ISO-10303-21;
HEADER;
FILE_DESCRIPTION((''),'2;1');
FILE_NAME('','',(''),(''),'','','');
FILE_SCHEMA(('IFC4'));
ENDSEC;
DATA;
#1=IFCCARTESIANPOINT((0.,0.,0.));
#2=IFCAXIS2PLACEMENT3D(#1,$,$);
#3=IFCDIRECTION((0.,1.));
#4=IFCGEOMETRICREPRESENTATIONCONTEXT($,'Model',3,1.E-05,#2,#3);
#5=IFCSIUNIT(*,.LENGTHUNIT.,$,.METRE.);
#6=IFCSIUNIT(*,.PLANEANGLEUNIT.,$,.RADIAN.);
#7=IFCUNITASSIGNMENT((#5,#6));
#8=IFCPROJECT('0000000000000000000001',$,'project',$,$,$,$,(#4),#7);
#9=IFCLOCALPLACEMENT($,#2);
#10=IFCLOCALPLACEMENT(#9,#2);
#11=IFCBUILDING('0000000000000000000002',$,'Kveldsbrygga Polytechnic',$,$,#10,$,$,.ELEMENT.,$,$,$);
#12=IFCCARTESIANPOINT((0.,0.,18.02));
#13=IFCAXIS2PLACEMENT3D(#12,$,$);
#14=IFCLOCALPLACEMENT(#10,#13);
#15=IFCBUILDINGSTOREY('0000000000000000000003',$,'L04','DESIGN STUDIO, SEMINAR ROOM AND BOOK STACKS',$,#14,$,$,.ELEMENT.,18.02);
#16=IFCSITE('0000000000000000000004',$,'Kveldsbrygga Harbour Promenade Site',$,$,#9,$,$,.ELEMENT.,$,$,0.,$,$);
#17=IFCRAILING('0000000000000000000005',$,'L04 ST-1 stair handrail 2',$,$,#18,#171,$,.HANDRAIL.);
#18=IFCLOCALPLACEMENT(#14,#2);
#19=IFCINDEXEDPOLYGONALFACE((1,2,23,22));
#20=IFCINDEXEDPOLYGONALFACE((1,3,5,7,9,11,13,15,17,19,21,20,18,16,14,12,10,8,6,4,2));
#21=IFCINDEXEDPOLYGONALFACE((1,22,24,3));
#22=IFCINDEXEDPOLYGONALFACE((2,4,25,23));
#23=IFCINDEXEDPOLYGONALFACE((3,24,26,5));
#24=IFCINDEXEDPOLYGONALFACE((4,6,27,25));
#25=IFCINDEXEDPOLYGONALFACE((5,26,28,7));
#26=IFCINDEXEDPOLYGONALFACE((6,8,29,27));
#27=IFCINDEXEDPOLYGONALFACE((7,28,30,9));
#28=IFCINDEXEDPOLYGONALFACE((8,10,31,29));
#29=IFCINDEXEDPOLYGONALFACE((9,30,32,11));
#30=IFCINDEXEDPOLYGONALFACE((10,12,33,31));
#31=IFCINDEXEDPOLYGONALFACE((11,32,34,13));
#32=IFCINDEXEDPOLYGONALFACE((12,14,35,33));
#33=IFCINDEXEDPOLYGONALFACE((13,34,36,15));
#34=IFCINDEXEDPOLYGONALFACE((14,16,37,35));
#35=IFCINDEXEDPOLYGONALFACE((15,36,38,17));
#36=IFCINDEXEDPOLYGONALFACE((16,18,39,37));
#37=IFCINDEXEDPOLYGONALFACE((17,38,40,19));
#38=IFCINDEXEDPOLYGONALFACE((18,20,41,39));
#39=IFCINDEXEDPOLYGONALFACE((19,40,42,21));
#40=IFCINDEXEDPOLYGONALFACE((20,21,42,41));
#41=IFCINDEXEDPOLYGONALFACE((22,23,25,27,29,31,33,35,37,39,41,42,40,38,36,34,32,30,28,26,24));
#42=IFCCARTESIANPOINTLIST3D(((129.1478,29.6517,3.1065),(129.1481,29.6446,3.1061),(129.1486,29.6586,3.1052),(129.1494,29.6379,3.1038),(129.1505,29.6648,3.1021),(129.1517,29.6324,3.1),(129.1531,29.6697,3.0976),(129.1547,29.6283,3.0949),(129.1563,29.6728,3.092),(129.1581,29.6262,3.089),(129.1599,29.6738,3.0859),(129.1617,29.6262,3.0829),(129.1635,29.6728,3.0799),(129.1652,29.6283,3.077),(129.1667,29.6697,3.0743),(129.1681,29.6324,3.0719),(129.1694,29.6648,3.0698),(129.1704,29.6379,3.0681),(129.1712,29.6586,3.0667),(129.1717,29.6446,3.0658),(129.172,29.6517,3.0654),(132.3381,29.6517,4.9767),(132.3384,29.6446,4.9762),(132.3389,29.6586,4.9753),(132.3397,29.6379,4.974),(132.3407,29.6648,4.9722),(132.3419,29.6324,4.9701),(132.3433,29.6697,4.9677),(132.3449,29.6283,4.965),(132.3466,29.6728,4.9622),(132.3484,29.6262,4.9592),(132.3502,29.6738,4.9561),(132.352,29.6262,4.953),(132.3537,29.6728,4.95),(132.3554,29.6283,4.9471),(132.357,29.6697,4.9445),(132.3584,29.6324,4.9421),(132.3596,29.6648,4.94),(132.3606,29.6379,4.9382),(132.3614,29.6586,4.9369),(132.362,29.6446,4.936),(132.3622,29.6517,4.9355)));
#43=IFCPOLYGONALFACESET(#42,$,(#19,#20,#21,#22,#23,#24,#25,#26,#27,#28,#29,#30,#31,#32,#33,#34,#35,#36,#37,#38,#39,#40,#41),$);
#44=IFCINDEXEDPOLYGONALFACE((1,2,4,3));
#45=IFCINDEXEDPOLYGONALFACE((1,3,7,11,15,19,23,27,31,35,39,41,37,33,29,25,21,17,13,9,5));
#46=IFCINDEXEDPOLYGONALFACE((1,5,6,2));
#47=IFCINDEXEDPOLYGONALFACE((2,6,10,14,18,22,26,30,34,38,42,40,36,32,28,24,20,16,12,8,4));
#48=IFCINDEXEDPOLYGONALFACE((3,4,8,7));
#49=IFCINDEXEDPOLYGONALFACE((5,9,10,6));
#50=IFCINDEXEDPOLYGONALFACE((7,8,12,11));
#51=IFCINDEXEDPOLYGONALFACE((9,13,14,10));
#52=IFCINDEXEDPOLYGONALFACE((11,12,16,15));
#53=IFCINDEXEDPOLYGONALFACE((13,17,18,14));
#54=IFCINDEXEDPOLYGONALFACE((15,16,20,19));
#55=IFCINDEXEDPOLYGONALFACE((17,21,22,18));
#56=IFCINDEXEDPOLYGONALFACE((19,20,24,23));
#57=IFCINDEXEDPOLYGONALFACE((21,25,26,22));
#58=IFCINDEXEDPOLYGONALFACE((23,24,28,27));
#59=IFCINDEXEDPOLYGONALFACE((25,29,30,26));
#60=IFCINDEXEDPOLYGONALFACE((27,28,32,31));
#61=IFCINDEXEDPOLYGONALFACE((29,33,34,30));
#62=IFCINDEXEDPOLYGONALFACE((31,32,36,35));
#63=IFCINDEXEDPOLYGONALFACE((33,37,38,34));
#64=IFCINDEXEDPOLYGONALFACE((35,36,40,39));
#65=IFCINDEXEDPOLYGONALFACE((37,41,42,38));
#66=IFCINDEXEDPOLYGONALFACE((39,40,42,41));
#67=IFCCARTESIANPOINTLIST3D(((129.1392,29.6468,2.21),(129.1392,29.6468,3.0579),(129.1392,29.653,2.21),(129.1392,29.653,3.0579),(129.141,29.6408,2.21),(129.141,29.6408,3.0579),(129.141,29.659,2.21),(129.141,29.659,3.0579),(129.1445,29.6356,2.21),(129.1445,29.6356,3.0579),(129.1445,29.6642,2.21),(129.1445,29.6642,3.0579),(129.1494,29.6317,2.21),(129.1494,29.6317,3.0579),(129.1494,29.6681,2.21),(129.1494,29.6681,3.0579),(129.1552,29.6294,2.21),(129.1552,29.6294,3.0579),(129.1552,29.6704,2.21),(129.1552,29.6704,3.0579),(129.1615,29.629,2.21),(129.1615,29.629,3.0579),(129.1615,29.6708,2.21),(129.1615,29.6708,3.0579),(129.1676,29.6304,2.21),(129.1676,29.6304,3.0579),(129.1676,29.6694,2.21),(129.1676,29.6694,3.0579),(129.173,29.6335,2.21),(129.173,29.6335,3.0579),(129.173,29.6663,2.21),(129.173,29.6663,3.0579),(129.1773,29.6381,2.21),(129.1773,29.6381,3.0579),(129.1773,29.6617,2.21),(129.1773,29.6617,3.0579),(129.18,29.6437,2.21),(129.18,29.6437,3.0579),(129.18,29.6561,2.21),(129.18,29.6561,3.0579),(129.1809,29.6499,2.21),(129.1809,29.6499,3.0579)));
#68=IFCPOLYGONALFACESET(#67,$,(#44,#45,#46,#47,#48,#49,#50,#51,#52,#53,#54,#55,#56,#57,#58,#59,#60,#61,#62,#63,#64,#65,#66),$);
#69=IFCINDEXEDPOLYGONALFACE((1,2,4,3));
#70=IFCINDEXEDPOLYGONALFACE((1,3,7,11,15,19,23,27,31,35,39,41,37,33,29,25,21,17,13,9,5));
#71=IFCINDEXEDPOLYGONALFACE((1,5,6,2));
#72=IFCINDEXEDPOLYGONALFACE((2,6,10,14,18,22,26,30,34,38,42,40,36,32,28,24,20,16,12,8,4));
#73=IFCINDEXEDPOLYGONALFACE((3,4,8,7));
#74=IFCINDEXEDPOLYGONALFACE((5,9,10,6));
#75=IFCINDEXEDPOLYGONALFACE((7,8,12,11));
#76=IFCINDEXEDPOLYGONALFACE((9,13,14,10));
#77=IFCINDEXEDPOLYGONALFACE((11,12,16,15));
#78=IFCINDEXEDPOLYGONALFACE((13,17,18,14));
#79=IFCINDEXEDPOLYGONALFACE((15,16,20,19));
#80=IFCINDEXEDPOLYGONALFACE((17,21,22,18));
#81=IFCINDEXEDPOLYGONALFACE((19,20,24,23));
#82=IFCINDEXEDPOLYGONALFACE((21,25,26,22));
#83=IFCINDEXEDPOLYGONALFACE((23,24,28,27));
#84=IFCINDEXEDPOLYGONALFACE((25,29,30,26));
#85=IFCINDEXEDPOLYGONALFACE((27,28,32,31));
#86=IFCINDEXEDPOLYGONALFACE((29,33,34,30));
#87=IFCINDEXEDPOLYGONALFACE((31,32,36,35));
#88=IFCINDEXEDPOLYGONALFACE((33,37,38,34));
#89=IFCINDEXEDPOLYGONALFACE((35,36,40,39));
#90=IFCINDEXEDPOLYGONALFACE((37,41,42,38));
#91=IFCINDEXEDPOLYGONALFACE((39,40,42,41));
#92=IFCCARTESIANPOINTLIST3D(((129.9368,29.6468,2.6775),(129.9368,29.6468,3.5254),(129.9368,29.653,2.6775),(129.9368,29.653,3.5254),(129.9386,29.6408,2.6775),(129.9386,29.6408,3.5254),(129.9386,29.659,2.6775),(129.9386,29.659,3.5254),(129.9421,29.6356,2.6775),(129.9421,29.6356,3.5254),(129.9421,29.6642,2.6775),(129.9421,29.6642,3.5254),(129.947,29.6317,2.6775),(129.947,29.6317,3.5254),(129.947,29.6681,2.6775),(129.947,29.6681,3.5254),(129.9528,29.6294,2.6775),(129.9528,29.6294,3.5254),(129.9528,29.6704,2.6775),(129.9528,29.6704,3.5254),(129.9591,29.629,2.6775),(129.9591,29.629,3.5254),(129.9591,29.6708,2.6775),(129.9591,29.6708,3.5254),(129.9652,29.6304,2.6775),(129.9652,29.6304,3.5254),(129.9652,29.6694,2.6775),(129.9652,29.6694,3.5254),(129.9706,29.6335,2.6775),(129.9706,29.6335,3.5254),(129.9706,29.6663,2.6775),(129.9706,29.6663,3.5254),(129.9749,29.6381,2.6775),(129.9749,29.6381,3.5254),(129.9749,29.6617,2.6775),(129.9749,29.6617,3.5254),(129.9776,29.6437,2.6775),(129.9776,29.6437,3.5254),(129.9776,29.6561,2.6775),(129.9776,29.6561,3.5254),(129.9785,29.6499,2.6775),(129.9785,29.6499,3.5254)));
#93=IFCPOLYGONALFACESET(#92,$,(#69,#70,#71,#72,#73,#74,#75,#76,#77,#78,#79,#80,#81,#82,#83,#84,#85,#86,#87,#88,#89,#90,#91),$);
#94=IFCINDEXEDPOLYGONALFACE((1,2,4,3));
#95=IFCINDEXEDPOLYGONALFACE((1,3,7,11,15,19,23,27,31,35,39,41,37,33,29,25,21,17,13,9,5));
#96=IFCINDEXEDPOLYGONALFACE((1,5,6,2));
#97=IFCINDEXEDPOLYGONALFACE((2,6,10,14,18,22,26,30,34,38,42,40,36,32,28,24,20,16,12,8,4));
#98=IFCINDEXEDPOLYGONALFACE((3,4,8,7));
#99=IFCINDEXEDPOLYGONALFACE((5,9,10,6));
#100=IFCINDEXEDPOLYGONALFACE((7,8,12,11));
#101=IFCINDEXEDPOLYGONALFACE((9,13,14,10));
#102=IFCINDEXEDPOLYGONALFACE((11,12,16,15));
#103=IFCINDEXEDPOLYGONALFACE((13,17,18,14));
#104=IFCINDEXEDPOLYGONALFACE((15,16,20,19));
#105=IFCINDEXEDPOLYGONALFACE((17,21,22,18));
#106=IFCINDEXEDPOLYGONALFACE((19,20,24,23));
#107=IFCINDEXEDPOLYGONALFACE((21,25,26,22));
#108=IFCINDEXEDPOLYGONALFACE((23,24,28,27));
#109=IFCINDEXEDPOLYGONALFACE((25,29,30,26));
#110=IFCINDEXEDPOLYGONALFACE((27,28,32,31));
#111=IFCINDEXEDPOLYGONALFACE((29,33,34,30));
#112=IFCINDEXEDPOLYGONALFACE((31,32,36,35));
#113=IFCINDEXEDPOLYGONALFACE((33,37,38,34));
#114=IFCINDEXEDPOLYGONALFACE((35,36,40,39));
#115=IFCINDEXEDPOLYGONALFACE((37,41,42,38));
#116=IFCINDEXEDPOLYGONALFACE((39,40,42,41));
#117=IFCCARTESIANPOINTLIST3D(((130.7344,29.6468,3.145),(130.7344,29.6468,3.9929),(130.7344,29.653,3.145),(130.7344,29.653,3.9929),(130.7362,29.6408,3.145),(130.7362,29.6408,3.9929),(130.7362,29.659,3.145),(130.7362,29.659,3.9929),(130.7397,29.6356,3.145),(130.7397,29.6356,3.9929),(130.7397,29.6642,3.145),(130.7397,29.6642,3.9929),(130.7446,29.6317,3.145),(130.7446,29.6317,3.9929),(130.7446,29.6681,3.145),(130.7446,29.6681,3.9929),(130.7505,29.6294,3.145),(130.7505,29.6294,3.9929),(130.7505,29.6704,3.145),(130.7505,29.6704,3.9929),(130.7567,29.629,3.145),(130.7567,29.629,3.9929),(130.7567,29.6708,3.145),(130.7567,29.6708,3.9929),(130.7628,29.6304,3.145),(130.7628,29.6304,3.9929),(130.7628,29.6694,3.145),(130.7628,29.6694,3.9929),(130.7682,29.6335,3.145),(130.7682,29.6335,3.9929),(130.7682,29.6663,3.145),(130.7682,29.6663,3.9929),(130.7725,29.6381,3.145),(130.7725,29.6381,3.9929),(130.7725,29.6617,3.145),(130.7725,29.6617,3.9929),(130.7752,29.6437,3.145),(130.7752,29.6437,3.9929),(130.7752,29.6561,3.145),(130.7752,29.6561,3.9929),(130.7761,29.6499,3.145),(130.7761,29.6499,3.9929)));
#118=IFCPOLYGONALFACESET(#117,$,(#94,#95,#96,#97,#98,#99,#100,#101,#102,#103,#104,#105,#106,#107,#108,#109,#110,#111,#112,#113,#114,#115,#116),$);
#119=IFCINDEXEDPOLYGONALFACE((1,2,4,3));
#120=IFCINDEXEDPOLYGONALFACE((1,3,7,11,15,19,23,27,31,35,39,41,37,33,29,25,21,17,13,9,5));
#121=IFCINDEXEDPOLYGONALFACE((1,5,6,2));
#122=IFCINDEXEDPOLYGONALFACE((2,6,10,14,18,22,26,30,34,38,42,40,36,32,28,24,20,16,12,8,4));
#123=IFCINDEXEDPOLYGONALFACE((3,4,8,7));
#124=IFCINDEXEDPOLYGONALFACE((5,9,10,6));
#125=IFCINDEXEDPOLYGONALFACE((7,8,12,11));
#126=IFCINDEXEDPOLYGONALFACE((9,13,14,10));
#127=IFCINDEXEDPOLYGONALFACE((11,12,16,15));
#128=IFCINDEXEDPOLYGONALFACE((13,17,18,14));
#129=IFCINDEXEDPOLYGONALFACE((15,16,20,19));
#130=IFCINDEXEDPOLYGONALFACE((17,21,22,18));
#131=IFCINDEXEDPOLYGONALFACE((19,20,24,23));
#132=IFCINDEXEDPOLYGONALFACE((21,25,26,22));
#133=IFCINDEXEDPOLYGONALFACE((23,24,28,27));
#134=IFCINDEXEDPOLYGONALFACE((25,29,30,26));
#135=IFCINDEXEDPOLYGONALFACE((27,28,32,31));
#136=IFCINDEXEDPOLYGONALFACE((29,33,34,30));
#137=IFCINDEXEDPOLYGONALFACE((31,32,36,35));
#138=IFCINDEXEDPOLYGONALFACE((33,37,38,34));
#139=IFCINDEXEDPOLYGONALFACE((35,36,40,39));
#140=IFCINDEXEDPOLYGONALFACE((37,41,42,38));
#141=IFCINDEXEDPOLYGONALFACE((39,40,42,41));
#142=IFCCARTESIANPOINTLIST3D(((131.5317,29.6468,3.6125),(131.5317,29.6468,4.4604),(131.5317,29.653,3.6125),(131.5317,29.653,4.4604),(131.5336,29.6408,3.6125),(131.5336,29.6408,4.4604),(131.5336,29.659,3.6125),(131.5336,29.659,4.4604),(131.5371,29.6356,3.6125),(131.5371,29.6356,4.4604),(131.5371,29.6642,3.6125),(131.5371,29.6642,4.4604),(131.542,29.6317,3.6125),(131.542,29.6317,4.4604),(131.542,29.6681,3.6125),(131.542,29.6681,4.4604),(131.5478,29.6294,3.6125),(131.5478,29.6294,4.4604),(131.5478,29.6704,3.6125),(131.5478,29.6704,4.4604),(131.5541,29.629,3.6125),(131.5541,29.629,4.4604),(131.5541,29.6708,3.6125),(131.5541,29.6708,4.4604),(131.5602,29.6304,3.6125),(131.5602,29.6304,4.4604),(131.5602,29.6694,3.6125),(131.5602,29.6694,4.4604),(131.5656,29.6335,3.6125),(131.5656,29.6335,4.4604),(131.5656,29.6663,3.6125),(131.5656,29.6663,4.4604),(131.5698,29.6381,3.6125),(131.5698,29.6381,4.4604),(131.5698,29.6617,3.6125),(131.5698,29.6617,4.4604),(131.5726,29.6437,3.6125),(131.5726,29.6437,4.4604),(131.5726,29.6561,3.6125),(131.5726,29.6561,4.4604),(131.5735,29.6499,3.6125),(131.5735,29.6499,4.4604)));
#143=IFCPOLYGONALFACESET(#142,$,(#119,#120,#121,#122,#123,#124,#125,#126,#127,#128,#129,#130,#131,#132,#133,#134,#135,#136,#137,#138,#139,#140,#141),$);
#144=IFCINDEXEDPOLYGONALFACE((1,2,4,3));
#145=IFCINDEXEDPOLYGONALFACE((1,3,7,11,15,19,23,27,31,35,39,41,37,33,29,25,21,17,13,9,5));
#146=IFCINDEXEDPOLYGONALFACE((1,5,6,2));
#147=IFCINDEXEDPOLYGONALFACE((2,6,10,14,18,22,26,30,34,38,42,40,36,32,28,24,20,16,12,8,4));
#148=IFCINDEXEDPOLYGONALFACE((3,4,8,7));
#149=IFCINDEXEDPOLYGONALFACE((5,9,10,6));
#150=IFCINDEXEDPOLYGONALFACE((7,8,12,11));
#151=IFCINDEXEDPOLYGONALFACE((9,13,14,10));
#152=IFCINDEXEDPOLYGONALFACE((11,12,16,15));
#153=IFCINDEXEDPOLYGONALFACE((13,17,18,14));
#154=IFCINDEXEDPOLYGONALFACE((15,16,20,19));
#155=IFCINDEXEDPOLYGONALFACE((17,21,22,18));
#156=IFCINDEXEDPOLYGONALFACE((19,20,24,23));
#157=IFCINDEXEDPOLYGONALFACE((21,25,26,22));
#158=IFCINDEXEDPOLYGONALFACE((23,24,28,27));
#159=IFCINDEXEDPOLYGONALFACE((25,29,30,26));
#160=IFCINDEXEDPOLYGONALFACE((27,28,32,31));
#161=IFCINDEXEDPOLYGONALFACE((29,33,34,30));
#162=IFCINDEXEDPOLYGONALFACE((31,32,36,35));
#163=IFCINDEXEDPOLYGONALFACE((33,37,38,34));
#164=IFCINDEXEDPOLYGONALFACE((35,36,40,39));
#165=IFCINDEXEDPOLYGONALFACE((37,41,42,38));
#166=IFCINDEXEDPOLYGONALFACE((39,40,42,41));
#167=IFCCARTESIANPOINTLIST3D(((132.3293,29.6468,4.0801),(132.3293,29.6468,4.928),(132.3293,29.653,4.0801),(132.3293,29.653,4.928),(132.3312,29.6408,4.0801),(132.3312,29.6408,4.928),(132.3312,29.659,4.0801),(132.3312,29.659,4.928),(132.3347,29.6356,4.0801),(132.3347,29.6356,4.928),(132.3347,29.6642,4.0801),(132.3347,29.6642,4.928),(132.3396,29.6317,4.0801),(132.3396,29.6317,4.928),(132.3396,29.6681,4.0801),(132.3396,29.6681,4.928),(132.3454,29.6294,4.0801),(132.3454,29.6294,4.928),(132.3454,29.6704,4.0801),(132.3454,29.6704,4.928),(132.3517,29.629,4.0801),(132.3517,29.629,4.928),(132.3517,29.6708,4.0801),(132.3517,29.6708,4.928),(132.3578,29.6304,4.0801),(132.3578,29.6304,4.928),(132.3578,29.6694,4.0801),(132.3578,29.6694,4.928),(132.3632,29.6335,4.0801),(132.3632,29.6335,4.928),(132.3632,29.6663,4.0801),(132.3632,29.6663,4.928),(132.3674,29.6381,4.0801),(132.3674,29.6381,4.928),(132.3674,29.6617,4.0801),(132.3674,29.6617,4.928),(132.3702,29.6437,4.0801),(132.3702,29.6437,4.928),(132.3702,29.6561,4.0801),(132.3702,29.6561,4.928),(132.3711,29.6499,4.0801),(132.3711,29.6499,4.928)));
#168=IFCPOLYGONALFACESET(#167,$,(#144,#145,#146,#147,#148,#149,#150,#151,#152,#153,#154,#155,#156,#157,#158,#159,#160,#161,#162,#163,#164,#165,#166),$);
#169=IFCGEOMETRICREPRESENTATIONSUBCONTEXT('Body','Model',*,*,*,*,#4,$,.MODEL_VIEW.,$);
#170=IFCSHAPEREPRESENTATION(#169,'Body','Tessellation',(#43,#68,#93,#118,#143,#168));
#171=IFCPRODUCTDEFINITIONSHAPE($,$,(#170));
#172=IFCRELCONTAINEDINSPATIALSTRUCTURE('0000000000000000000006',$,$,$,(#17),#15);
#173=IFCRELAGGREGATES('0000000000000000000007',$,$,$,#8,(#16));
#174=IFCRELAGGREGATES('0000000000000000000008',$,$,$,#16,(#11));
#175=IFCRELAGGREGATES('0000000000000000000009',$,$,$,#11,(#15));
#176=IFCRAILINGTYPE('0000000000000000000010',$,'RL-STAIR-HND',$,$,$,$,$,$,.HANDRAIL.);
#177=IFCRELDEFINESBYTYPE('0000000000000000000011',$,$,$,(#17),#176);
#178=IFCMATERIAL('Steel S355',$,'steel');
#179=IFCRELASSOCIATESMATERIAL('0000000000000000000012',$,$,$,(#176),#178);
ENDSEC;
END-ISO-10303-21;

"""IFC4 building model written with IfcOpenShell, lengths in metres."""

from ifc_helpers import new_model, si_unit, direction, frame, origin, origin_2d, place, context, subcontext, project, spatial, circle, extrude, material, type_object, element, save


model = new_model("IFC4")

# Units and contexts
model_context = context("Model", 3, precision=1e-05, world=origin(), true_north=direction((0.0, 1.0)))
body_context = subcontext(model_context, "Body", "Model", "MODEL_VIEW")
ifc_project = project(units=[si_unit("LENGTHUNIT", "METRE"), si_unit("PLANEANGLEUNIT", "RADIAN")], contexts=[model_context])

# Site, building, storey
site_placement = place(None, origin())
site = spatial("IfcSite", under=ifc_project, at=site_placement, Name="Kveldsbrygga Harbour Promenade Site", CompositionType="ELEMENT", RefElevation=0.0)
building_placement = place(site_placement, origin())
building = spatial("IfcBuilding", under=site, at=building_placement, Name="Kveldsbrygga Polytechnic", CompositionType="ELEMENT")
storey_placement = place(building_placement, frame((0.0, 0.0, 18.02)))
storey = spatial("IfcBuildingStorey", under=building, at=storey_placement, Name="L04", Description="DESIGN STUDIO, SEMINAR ROOM AND BOOK STACKS", CompositionType="ELEMENT", Elevation=18.02)

# Railing
ifc_material_1 = material(Name="Steel S355", Category="steel")
railing_type_1 = type_object("IfcRailingType", Name="RL-STAIR-HND", PredefinedType="HANDRAIL", material=ifc_material_1)
railing_1_placement = place(storey_placement, frame((129.1599, 29.6499, 2.21)))
element("IfcRailing", 1, at=railing_1_placement, inside=storey, type_object=railing_type_1, Name="L04 ST-1 stair handrail 2", PredefinedType="HANDRAIL", context=body_context, shape_type="SweptSolid", body=[
    extrude(circle(Radius=0.0239, at=origin_2d()), frame((0.0, 0.0, 0.876), z_axis=(0.862697, 0.0, 0.505721), x_axis=(0.0, 1.0, 0.0)), (0.0, 0.0, 1.0), 3.698),
    extrude(circle(Radius=0.021, at=origin_2d()), origin(), (0.0, 0.0, 1.0), 0.8479),
    extrude(circle(Radius=0.021, at=origin_2d()), frame((0.7976, 0.0, 0.4675)), (0.0, 0.0, 1.0), 0.8479),
    extrude(circle(Radius=0.021, at=origin_2d()), frame((1.5952, 0.0, 0.9351)), (0.0, 0.0, 1.0), 0.8479),
    extrude(circle(Radius=0.021, at=origin_2d()), frame((2.3926, 0.0, 1.4026)), (0.0, 0.0, 1.0), 0.8479),
    extrude(circle(Radius=0.021, at=origin_2d()), frame((3.1902, 0.0, 1.8701)), (0.0, 0.0, 1.0), 0.8479),
])

save(model, "model.ifc")
